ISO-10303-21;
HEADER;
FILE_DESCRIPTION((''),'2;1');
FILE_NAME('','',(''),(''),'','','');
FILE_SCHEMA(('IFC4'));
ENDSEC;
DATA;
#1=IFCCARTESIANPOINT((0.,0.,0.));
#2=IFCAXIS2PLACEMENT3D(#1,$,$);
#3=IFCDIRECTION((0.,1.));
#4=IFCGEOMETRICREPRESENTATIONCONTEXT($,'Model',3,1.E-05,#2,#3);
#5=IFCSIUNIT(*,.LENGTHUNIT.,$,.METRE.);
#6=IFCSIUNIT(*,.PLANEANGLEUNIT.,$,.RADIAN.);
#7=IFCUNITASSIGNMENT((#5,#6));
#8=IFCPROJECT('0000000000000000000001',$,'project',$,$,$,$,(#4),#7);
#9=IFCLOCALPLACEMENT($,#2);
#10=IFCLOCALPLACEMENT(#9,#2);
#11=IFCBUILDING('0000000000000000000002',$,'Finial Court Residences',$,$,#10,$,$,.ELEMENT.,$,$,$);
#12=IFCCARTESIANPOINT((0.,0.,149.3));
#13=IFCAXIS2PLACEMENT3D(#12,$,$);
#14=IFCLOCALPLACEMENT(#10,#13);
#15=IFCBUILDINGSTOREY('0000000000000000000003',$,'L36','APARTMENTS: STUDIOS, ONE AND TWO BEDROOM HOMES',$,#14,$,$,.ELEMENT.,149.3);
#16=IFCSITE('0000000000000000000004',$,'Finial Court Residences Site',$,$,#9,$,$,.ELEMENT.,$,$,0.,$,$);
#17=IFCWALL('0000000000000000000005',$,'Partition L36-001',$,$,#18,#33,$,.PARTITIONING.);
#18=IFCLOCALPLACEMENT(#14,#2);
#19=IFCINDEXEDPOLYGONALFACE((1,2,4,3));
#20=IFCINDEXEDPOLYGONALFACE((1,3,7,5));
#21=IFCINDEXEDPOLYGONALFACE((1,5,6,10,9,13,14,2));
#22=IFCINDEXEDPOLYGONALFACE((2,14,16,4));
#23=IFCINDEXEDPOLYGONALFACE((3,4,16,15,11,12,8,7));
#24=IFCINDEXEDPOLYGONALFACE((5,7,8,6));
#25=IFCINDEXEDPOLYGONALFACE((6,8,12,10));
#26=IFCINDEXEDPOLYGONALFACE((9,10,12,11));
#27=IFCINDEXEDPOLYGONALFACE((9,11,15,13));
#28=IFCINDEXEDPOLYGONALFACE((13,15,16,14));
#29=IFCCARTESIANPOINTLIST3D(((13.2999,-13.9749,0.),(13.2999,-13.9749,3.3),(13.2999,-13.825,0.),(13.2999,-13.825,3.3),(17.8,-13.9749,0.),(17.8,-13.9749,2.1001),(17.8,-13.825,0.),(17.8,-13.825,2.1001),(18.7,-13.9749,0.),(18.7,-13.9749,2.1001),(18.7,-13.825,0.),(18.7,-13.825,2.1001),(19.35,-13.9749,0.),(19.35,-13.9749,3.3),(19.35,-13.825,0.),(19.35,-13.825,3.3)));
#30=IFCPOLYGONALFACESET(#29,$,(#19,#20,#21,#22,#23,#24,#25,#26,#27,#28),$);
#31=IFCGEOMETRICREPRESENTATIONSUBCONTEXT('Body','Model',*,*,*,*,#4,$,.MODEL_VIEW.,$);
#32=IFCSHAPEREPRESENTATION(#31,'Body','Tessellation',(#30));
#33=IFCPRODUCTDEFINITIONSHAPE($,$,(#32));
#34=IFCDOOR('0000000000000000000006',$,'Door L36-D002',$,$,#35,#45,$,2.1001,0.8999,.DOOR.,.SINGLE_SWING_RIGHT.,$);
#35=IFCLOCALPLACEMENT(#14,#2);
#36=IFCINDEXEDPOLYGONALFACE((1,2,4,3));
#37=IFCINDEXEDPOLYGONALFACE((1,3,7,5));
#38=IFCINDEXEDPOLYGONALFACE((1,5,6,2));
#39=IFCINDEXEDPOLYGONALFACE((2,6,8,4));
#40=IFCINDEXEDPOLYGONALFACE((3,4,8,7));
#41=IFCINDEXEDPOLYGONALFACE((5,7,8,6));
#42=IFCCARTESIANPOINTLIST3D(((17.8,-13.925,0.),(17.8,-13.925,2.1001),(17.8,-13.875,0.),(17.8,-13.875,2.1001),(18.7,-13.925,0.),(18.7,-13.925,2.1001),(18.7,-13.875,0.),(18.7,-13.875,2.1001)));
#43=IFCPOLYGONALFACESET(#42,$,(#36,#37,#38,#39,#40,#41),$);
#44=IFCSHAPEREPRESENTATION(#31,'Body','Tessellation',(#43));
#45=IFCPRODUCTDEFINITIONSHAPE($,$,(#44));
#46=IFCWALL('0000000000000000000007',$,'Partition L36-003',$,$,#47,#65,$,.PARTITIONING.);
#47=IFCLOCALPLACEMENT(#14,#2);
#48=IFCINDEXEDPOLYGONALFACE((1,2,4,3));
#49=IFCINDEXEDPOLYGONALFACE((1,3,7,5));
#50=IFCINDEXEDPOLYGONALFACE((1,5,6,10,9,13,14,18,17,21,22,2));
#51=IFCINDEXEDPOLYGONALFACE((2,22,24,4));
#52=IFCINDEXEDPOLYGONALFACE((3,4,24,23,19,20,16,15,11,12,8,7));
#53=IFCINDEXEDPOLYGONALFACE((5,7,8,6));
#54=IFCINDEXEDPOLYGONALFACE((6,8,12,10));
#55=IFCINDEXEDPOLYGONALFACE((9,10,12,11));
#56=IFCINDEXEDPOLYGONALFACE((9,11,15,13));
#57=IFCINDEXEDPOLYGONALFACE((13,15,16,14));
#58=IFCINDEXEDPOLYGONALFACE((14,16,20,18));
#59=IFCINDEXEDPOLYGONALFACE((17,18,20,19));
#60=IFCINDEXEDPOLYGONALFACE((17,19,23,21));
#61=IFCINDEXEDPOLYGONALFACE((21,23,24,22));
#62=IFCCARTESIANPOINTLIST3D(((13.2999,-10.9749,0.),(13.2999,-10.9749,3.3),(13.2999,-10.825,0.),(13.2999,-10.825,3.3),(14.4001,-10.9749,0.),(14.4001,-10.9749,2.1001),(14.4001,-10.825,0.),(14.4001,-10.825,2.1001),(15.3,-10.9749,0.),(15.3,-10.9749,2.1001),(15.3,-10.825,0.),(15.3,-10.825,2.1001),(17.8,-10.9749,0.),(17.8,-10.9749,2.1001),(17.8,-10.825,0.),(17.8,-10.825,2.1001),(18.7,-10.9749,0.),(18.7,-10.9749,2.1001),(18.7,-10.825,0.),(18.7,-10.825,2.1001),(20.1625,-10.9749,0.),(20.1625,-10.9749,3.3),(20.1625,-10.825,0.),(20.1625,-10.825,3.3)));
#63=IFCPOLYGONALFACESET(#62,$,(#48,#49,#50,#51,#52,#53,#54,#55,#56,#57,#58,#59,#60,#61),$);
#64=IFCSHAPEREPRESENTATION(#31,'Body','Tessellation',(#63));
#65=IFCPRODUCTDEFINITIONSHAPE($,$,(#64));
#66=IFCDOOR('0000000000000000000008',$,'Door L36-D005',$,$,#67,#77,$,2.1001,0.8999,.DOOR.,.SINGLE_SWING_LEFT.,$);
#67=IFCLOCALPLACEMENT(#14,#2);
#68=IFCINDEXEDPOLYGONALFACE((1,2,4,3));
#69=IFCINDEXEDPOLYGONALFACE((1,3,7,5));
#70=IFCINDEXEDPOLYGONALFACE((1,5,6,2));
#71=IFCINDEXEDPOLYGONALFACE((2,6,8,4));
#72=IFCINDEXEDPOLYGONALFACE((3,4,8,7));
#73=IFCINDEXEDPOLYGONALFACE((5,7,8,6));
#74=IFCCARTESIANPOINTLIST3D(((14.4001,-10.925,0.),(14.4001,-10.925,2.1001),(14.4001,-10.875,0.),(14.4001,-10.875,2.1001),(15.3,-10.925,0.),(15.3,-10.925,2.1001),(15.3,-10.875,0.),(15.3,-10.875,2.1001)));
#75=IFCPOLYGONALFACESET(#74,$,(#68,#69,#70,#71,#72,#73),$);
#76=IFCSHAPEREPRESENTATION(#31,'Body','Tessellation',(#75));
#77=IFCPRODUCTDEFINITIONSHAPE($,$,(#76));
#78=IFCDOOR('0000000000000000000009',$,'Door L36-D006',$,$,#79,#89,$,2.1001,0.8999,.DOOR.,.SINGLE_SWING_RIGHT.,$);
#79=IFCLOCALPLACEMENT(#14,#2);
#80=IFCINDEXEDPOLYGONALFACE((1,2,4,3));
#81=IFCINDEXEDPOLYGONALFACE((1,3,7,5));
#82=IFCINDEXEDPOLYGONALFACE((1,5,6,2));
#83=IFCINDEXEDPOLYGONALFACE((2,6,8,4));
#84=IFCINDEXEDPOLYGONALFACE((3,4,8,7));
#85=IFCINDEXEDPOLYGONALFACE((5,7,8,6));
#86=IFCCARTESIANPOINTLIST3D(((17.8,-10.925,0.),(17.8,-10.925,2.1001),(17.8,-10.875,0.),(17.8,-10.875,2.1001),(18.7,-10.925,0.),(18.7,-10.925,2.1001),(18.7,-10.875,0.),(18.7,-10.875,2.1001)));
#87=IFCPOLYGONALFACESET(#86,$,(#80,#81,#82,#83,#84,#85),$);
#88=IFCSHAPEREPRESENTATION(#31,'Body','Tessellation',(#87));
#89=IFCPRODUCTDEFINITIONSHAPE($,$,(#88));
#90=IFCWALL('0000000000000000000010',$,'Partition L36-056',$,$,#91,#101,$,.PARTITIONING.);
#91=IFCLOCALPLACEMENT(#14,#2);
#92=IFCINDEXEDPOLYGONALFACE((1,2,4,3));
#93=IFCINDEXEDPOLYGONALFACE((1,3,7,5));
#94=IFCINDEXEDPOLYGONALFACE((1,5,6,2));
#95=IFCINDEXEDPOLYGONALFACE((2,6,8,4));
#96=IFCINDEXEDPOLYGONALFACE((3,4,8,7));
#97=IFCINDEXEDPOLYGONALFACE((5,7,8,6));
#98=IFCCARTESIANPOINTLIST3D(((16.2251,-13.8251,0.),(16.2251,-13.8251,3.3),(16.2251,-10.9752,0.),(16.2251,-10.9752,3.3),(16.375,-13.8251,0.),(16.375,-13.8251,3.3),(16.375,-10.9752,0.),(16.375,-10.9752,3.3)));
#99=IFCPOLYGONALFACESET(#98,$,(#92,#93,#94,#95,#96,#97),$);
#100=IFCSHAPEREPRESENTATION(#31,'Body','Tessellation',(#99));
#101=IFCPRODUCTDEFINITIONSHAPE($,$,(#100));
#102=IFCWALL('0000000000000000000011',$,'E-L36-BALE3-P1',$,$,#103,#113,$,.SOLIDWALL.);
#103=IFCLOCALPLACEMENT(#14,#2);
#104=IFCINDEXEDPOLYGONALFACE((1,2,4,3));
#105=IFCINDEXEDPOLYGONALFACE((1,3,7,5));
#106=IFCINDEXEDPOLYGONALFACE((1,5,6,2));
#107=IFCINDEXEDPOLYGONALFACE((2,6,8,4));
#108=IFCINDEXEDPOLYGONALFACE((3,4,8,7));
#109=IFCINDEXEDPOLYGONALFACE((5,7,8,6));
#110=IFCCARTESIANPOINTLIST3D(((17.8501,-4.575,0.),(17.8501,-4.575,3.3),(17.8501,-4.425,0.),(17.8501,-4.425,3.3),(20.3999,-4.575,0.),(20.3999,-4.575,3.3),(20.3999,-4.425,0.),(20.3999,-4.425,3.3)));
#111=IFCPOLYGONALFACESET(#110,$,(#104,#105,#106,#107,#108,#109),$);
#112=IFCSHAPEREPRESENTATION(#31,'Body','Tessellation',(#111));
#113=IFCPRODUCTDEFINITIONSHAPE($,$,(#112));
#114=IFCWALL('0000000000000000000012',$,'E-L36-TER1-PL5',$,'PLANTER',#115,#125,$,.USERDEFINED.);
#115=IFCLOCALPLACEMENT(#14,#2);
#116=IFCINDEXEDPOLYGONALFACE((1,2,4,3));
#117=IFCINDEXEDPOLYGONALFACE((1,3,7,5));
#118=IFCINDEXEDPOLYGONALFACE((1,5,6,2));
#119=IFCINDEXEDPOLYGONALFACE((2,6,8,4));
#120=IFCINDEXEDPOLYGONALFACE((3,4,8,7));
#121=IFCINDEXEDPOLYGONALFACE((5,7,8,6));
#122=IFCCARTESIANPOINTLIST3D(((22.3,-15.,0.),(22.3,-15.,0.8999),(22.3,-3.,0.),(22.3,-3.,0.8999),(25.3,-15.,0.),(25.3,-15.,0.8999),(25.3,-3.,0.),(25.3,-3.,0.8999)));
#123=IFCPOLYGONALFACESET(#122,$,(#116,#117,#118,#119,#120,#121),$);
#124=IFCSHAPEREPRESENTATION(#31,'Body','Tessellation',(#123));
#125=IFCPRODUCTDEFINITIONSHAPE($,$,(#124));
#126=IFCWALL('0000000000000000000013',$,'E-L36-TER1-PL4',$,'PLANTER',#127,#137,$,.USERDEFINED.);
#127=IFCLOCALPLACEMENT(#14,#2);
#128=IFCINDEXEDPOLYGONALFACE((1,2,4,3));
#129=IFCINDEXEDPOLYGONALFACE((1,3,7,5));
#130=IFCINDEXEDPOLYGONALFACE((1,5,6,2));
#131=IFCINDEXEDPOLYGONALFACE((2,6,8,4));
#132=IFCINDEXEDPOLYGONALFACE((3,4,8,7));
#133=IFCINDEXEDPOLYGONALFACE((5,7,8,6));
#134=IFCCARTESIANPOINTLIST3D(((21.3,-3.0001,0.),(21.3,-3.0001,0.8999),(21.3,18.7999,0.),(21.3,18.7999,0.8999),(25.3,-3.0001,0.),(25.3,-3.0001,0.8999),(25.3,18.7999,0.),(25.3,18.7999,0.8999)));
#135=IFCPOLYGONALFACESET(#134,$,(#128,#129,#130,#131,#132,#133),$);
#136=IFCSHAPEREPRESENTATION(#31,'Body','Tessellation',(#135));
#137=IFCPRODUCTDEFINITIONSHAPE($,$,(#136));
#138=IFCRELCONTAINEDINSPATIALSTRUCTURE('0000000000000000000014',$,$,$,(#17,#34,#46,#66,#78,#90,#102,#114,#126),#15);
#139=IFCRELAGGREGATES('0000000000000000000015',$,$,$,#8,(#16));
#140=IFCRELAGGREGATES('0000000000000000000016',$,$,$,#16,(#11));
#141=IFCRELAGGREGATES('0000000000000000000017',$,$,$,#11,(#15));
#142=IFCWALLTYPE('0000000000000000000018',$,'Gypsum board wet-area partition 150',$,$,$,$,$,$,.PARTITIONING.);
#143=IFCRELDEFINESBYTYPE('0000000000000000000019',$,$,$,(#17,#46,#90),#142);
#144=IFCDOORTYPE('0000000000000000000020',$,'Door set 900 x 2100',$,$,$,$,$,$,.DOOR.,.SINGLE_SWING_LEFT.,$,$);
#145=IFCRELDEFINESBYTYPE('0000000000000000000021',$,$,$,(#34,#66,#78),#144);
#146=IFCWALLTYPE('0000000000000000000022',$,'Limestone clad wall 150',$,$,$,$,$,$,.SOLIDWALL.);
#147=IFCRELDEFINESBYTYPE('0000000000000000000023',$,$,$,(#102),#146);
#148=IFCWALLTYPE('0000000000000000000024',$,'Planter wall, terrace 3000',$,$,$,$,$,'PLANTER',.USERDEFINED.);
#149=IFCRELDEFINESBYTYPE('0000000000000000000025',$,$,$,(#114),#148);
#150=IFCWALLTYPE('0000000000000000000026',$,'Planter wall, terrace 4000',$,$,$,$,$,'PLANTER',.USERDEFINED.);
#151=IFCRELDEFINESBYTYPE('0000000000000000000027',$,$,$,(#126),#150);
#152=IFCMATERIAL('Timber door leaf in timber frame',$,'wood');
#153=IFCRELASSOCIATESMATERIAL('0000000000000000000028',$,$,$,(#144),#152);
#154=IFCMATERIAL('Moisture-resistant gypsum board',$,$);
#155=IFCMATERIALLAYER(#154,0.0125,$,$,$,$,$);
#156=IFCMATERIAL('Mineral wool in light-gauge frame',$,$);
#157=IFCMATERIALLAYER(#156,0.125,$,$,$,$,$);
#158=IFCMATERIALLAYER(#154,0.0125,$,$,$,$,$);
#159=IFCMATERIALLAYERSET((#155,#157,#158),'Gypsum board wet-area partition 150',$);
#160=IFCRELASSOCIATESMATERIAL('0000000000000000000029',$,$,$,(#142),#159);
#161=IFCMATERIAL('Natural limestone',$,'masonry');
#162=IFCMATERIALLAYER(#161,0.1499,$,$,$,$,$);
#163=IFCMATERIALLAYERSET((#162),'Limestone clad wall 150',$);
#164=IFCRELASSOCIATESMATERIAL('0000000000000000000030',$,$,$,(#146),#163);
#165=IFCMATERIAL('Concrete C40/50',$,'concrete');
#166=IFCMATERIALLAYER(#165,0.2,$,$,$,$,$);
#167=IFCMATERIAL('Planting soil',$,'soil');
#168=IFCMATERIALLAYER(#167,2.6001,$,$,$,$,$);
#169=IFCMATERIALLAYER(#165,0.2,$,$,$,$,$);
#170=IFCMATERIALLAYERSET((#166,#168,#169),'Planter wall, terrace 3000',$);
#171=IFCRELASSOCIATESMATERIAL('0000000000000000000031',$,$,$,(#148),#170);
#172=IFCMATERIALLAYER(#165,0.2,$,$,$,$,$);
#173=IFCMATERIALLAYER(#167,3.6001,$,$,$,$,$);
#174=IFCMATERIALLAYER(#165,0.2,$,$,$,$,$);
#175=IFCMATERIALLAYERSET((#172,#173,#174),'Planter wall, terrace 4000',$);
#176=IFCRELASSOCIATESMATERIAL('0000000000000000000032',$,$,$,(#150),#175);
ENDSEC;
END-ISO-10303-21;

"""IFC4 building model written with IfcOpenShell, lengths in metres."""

from ifc_helpers import new_model, si_unit, direction, frame, frame_2d, origin, place, context, subcontext, project, spatial, rectangle, extrude, material, layer, layer_set, type_object, element, fill, save


model = new_model("IFC4")

# Units and contexts
model_context = context("Model", 3, precision=1e-05, world=origin(), true_north=direction((0.0, 1.0)))
body_context = subcontext(model_context, "Body", "Model", "MODEL_VIEW")
ifc_project = project(units=[si_unit("LENGTHUNIT", "METRE"), si_unit("PLANEANGLEUNIT", "RADIAN")], contexts=[model_context])

# Site, building, storey
site_placement = place(None, origin())
site = spatial("IfcSite", under=ifc_project, at=site_placement, Name="Finial Court Residences Site", CompositionType="ELEMENT", RefElevation=0.0)
building_placement = place(site_placement, origin())
building = spatial("IfcBuilding", under=site, at=building_placement, Name="Finial Court Residences", CompositionType="ELEMENT")
storey_placement = place(building_placement, frame((0.0, 0.0, 149.3)))
storey = spatial("IfcBuildingStorey", under=building, at=storey_placement, Name="L36", Description="APARTMENTS: STUDIOS, ONE AND TWO BEDROOM HOMES", CompositionType="ELEMENT", Elevation=149.3)

# Wall, opening, door
ifc_material_1 = material(Name="Mineral wool in light-gauge frame")
ifc_material_2 = material(Name="Timber door leaf in timber frame", Category="wood")
door_type_1 = type_object("IfcDoorType", Name="Door set 900 x 2100", OperationType="SINGLE_SWING_LEFT", PredefinedType="DOOR", material=ifc_material_2)
ifc_material_3 = material(Name="Moisture-resistant gypsum board")
ifc_layer_1 = layer(ifc_material_3, 0.0125)
ifc_layer_2 = layer(ifc_material_1, 0.125)
ifc_layer_3 = layer(ifc_material_3, 0.0125)
ifc_layer_set_1 = layer_set([ifc_layer_1, ifc_layer_2, ifc_layer_3], Name="Gypsum board wet-area partition 150")
wall_type_1 = type_object("IfcWallType", Name="Gypsum board wet-area partition 150", PredefinedType="PARTITIONING", material=ifc_layer_set_1)
wall_1_placement = place(storey_placement, frame((13.3, -13.8999, 0.0), z_axis=(0.0, 0.0, 1.0), x_axis=(1.0, 0.0, 0.0)))
wall_1 = element("IfcWall", 1, at=wall_1_placement, inside=storey, type_object=wall_type_1, Name="Partition L36-001", PredefinedType="PARTITIONING", context=body_context, shape_type="SweptSolid", body=[
    extrude(rectangle(XDim=6.05, YDim=0.1499, at=frame_2d((3.0249, 0.0))), origin(), (0.0, 0.0, 1.0), 3.3),
])
opening_1_placement = place(wall_1_placement, frame((4.5, 0.0, 0.0)))
opening_1 = element("IfcOpeningElement", 2, at=opening_1_placement, cuts=wall_1, PredefinedType="OPENING", context=body_context, shape_type="SweptSolid", body=[
    extrude(rectangle(XDim=0.8999, YDim=2.1001, at=frame_2d((0.45, 1.05))), frame((0.0, 0.085, 0.0), z_axis=(0.0, -1.0, 0.0), x_axis=(1.0, 0.0, 0.0)), (0.0, 0.0, 1.0), 0.1699),
])
door_1_placement = place(opening_1_placement, origin())
door_1 = element("IfcDoor", 3, at=door_1_placement, inside=storey, type_object=door_type_1, Name="Door L36-D002", OperationType="SINGLE_SWING_RIGHT", OverallHeight=2.1001, OverallWidth=0.8999, PredefinedType="DOOR", context=body_context, shape_type="SweptSolid", body=[
    extrude(rectangle(XDim=0.8999, YDim=2.1001, at=frame_2d((0.45, 1.05))), frame((0.0, 0.0249, 0.0), z_axis=(0.0, -1.0, 0.0), x_axis=(1.0, 0.0, 0.0)), (0.0, 0.0, 1.0), 0.05),
])
fill(opening_1, door_1)

# Wall, openings, doors
wall_2_placement = place(storey_placement, frame((13.3, -10.8999, 0.0), z_axis=(0.0, 0.0, 1.0), x_axis=(1.0, 0.0, 0.0)))
wall_2 = element("IfcWall", 4, at=wall_2_placement, inside=storey, type_object=wall_type_1, Name="Partition L36-003", PredefinedType="PARTITIONING", context=body_context, shape_type="SweptSolid", body=[
    extrude(rectangle(XDim=6.8625, YDim=0.1499, at=frame_2d((3.4312, 0.0))), origin(), (0.0, 0.0, 1.0), 3.3),
])
opening_2_placement = place(wall_2_placement, frame((1.1001, 0.0, 0.0)))
opening_2 = element("IfcOpeningElement", 5, at=opening_2_placement, cuts=wall_2, PredefinedType="OPENING", context=body_context, shape_type="SweptSolid", body=[
    extrude(rectangle(XDim=0.8999, YDim=2.1001, at=frame_2d((0.45, 1.05))), frame((0.0, 0.085, 0.0), z_axis=(0.0, -1.0, 0.0), x_axis=(1.0, 0.0, 0.0)), (0.0, 0.0, 1.0), 0.1699),
])
opening_3_placement = place(wall_2_placement, frame((4.5, 0.0, 0.0)))
opening_3 = element("IfcOpeningElement", 6, at=opening_3_placement, cuts=wall_2, PredefinedType="OPENING", context=body_context, shape_type="SweptSolid", body=[
    extrude(rectangle(XDim=0.8999, YDim=2.1001, at=frame_2d((0.45, 1.05))), frame((0.0, 0.085, 0.0), z_axis=(0.0, -1.0, 0.0), x_axis=(1.0, 0.0, 0.0)), (0.0, 0.0, 1.0), 0.1699),
])
door_2_placement = place(opening_2_placement, origin())
door_2 = element("IfcDoor", 7, at=door_2_placement, inside=storey, type_object=door_type_1, Name="Door L36-D005", OperationType="SINGLE_SWING_LEFT", OverallHeight=2.1001, OverallWidth=0.8999, PredefinedType="DOOR", context=body_context, shape_type="SweptSolid", body=[
    extrude(rectangle(XDim=0.8999, YDim=2.1001, at=frame_2d((0.45, 1.05))), frame((0.0, 0.0249, 0.0), z_axis=(0.0, -1.0, 0.0), x_axis=(1.0, 0.0, 0.0)), (0.0, 0.0, 1.0), 0.05),
])
fill(opening_2, door_2)
door_3_placement = place(opening_3_placement, origin())
door_3 = element("IfcDoor", 8, at=door_3_placement, inside=storey, type_object=door_type_1, Name="Door L36-D006", OperationType="SINGLE_SWING_RIGHT", OverallHeight=2.1001, OverallWidth=0.8999, PredefinedType="DOOR", context=body_context, shape_type="SweptSolid", body=[
    extrude(rectangle(XDim=0.8999, YDim=2.1001, at=frame_2d((0.45, 1.05))), frame((0.0, 0.0249, 0.0), z_axis=(0.0, -1.0, 0.0), x_axis=(1.0, 0.0, 0.0)), (0.0, 0.0, 1.0), 0.05),
])
fill(opening_3, door_3)

# Walls
wall_3_placement = place(storey_placement, frame((16.3, -13.825, 0.0), z_axis=(0.0, 0.0, 1.0), x_axis=(0.0, 1.0, 0.0)))
element("IfcWall", 9, at=wall_3_placement, inside=storey, type_object=wall_type_1, Name="Partition L36-056", PredefinedType="PARTITIONING", context=body_context, shape_type="SweptSolid", body=[
    extrude(rectangle(XDim=2.8499, YDim=0.1499, at=frame_2d((1.4248, 0.0))), origin(), (0.0, 0.0, 1.0), 3.3),
])
ifc_material_4 = material(Name="Natural limestone", Category="masonry")
ifc_layer_4 = layer(ifc_material_4, 0.1499)
ifc_layer_set_2 = layer_set([ifc_layer_4], Name="Limestone clad wall 150")
wall_type_2 = type_object("IfcWallType", Name="Limestone clad wall 150", PredefinedType="SOLIDWALL", material=ifc_layer_set_2)
wall_4_placement = place(storey_placement, frame((17.8501, -4.5, 0.0), z_axis=(0.0, 0.0, 1.0), x_axis=(1.0, 0.0, 0.0)))
element("IfcWall", 10, at=wall_4_placement, inside=storey, type_object=wall_type_2, Name="E-L36-BALE3-P1", PredefinedType="SOLIDWALL", context=body_context, shape_type="SweptSolid", body=[
    extrude(rectangle(XDim=2.5498, YDim=0.1499, at=frame_2d((1.2749, 0.0))), origin(), (0.0, 0.0, 1.0), 3.3),
])

# Walls
ifc_material_5 = material(Name="Concrete C40/50", Category="concrete")
ifc_layer_5 = layer(ifc_material_5, 0.2)
ifc_material_6 = material(Name="Planting soil", Category="soil")
ifc_layer_6 = layer(ifc_material_6, 2.6001)
ifc_layer_7 = layer(ifc_material_5, 0.2)
ifc_layer_set_3 = layer_set([ifc_layer_5, ifc_layer_6, ifc_layer_7], Name="Planter wall, terrace 3000")
wall_type_3 = type_object("IfcWallType", Name="Planter wall, terrace 3000", ElementType="PLANTER", PredefinedType="USERDEFINED", material=ifc_layer_set_3)
wall_5_placement = place(storey_placement, frame((23.8, -15.0, 0.0), z_axis=(0.0, 0.0, 1.0), x_axis=(0.0, 1.0, 0.0)))
element("IfcWall", 11, at=wall_5_placement, inside=storey, type_object=wall_type_3, Name="E-L36-TER1-PL5", ObjectType="PLANTER", PredefinedType="USERDEFINED", context=body_context, shape_type="SweptSolid", body=[
    extrude(rectangle(XDim=12.0, YDim=3.0, at=frame_2d((6.0, 0.0))), origin(), (0.0, 0.0, 1.0), 0.8999),
])
ifc_layer_8 = layer(ifc_material_5, 0.2)
ifc_layer_9 = layer(ifc_material_6, 3.6001)
ifc_layer_10 = layer(ifc_material_5, 0.2)
ifc_layer_set_4 = layer_set([ifc_layer_8, ifc_layer_9, ifc_layer_10], Name="Planter wall, terrace 4000")
wall_type_4 = type_object("IfcWallType", Name="Planter wall, terrace 4000", ElementType="PLANTER", PredefinedType="USERDEFINED", material=ifc_layer_set_4)
wall_6_placement = place(storey_placement, frame((23.3, -3.0, 0.0), z_axis=(0.0, 0.0, 1.0), x_axis=(0.0, 1.0, 0.0)))
element("IfcWall", 12, at=wall_6_placement, inside=storey, type_object=wall_type_4, Name="E-L36-TER1-PL4", ObjectType="PLANTER", PredefinedType="USERDEFINED", context=body_context, shape_type="SweptSolid", body=[
    extrude(rectangle(XDim=21.8, YDim=4.0, at=frame_2d((10.8999, 0.0))), origin(), (0.0, 0.0, 1.0), 0.8999),
])

save(model, "model.ifc")
